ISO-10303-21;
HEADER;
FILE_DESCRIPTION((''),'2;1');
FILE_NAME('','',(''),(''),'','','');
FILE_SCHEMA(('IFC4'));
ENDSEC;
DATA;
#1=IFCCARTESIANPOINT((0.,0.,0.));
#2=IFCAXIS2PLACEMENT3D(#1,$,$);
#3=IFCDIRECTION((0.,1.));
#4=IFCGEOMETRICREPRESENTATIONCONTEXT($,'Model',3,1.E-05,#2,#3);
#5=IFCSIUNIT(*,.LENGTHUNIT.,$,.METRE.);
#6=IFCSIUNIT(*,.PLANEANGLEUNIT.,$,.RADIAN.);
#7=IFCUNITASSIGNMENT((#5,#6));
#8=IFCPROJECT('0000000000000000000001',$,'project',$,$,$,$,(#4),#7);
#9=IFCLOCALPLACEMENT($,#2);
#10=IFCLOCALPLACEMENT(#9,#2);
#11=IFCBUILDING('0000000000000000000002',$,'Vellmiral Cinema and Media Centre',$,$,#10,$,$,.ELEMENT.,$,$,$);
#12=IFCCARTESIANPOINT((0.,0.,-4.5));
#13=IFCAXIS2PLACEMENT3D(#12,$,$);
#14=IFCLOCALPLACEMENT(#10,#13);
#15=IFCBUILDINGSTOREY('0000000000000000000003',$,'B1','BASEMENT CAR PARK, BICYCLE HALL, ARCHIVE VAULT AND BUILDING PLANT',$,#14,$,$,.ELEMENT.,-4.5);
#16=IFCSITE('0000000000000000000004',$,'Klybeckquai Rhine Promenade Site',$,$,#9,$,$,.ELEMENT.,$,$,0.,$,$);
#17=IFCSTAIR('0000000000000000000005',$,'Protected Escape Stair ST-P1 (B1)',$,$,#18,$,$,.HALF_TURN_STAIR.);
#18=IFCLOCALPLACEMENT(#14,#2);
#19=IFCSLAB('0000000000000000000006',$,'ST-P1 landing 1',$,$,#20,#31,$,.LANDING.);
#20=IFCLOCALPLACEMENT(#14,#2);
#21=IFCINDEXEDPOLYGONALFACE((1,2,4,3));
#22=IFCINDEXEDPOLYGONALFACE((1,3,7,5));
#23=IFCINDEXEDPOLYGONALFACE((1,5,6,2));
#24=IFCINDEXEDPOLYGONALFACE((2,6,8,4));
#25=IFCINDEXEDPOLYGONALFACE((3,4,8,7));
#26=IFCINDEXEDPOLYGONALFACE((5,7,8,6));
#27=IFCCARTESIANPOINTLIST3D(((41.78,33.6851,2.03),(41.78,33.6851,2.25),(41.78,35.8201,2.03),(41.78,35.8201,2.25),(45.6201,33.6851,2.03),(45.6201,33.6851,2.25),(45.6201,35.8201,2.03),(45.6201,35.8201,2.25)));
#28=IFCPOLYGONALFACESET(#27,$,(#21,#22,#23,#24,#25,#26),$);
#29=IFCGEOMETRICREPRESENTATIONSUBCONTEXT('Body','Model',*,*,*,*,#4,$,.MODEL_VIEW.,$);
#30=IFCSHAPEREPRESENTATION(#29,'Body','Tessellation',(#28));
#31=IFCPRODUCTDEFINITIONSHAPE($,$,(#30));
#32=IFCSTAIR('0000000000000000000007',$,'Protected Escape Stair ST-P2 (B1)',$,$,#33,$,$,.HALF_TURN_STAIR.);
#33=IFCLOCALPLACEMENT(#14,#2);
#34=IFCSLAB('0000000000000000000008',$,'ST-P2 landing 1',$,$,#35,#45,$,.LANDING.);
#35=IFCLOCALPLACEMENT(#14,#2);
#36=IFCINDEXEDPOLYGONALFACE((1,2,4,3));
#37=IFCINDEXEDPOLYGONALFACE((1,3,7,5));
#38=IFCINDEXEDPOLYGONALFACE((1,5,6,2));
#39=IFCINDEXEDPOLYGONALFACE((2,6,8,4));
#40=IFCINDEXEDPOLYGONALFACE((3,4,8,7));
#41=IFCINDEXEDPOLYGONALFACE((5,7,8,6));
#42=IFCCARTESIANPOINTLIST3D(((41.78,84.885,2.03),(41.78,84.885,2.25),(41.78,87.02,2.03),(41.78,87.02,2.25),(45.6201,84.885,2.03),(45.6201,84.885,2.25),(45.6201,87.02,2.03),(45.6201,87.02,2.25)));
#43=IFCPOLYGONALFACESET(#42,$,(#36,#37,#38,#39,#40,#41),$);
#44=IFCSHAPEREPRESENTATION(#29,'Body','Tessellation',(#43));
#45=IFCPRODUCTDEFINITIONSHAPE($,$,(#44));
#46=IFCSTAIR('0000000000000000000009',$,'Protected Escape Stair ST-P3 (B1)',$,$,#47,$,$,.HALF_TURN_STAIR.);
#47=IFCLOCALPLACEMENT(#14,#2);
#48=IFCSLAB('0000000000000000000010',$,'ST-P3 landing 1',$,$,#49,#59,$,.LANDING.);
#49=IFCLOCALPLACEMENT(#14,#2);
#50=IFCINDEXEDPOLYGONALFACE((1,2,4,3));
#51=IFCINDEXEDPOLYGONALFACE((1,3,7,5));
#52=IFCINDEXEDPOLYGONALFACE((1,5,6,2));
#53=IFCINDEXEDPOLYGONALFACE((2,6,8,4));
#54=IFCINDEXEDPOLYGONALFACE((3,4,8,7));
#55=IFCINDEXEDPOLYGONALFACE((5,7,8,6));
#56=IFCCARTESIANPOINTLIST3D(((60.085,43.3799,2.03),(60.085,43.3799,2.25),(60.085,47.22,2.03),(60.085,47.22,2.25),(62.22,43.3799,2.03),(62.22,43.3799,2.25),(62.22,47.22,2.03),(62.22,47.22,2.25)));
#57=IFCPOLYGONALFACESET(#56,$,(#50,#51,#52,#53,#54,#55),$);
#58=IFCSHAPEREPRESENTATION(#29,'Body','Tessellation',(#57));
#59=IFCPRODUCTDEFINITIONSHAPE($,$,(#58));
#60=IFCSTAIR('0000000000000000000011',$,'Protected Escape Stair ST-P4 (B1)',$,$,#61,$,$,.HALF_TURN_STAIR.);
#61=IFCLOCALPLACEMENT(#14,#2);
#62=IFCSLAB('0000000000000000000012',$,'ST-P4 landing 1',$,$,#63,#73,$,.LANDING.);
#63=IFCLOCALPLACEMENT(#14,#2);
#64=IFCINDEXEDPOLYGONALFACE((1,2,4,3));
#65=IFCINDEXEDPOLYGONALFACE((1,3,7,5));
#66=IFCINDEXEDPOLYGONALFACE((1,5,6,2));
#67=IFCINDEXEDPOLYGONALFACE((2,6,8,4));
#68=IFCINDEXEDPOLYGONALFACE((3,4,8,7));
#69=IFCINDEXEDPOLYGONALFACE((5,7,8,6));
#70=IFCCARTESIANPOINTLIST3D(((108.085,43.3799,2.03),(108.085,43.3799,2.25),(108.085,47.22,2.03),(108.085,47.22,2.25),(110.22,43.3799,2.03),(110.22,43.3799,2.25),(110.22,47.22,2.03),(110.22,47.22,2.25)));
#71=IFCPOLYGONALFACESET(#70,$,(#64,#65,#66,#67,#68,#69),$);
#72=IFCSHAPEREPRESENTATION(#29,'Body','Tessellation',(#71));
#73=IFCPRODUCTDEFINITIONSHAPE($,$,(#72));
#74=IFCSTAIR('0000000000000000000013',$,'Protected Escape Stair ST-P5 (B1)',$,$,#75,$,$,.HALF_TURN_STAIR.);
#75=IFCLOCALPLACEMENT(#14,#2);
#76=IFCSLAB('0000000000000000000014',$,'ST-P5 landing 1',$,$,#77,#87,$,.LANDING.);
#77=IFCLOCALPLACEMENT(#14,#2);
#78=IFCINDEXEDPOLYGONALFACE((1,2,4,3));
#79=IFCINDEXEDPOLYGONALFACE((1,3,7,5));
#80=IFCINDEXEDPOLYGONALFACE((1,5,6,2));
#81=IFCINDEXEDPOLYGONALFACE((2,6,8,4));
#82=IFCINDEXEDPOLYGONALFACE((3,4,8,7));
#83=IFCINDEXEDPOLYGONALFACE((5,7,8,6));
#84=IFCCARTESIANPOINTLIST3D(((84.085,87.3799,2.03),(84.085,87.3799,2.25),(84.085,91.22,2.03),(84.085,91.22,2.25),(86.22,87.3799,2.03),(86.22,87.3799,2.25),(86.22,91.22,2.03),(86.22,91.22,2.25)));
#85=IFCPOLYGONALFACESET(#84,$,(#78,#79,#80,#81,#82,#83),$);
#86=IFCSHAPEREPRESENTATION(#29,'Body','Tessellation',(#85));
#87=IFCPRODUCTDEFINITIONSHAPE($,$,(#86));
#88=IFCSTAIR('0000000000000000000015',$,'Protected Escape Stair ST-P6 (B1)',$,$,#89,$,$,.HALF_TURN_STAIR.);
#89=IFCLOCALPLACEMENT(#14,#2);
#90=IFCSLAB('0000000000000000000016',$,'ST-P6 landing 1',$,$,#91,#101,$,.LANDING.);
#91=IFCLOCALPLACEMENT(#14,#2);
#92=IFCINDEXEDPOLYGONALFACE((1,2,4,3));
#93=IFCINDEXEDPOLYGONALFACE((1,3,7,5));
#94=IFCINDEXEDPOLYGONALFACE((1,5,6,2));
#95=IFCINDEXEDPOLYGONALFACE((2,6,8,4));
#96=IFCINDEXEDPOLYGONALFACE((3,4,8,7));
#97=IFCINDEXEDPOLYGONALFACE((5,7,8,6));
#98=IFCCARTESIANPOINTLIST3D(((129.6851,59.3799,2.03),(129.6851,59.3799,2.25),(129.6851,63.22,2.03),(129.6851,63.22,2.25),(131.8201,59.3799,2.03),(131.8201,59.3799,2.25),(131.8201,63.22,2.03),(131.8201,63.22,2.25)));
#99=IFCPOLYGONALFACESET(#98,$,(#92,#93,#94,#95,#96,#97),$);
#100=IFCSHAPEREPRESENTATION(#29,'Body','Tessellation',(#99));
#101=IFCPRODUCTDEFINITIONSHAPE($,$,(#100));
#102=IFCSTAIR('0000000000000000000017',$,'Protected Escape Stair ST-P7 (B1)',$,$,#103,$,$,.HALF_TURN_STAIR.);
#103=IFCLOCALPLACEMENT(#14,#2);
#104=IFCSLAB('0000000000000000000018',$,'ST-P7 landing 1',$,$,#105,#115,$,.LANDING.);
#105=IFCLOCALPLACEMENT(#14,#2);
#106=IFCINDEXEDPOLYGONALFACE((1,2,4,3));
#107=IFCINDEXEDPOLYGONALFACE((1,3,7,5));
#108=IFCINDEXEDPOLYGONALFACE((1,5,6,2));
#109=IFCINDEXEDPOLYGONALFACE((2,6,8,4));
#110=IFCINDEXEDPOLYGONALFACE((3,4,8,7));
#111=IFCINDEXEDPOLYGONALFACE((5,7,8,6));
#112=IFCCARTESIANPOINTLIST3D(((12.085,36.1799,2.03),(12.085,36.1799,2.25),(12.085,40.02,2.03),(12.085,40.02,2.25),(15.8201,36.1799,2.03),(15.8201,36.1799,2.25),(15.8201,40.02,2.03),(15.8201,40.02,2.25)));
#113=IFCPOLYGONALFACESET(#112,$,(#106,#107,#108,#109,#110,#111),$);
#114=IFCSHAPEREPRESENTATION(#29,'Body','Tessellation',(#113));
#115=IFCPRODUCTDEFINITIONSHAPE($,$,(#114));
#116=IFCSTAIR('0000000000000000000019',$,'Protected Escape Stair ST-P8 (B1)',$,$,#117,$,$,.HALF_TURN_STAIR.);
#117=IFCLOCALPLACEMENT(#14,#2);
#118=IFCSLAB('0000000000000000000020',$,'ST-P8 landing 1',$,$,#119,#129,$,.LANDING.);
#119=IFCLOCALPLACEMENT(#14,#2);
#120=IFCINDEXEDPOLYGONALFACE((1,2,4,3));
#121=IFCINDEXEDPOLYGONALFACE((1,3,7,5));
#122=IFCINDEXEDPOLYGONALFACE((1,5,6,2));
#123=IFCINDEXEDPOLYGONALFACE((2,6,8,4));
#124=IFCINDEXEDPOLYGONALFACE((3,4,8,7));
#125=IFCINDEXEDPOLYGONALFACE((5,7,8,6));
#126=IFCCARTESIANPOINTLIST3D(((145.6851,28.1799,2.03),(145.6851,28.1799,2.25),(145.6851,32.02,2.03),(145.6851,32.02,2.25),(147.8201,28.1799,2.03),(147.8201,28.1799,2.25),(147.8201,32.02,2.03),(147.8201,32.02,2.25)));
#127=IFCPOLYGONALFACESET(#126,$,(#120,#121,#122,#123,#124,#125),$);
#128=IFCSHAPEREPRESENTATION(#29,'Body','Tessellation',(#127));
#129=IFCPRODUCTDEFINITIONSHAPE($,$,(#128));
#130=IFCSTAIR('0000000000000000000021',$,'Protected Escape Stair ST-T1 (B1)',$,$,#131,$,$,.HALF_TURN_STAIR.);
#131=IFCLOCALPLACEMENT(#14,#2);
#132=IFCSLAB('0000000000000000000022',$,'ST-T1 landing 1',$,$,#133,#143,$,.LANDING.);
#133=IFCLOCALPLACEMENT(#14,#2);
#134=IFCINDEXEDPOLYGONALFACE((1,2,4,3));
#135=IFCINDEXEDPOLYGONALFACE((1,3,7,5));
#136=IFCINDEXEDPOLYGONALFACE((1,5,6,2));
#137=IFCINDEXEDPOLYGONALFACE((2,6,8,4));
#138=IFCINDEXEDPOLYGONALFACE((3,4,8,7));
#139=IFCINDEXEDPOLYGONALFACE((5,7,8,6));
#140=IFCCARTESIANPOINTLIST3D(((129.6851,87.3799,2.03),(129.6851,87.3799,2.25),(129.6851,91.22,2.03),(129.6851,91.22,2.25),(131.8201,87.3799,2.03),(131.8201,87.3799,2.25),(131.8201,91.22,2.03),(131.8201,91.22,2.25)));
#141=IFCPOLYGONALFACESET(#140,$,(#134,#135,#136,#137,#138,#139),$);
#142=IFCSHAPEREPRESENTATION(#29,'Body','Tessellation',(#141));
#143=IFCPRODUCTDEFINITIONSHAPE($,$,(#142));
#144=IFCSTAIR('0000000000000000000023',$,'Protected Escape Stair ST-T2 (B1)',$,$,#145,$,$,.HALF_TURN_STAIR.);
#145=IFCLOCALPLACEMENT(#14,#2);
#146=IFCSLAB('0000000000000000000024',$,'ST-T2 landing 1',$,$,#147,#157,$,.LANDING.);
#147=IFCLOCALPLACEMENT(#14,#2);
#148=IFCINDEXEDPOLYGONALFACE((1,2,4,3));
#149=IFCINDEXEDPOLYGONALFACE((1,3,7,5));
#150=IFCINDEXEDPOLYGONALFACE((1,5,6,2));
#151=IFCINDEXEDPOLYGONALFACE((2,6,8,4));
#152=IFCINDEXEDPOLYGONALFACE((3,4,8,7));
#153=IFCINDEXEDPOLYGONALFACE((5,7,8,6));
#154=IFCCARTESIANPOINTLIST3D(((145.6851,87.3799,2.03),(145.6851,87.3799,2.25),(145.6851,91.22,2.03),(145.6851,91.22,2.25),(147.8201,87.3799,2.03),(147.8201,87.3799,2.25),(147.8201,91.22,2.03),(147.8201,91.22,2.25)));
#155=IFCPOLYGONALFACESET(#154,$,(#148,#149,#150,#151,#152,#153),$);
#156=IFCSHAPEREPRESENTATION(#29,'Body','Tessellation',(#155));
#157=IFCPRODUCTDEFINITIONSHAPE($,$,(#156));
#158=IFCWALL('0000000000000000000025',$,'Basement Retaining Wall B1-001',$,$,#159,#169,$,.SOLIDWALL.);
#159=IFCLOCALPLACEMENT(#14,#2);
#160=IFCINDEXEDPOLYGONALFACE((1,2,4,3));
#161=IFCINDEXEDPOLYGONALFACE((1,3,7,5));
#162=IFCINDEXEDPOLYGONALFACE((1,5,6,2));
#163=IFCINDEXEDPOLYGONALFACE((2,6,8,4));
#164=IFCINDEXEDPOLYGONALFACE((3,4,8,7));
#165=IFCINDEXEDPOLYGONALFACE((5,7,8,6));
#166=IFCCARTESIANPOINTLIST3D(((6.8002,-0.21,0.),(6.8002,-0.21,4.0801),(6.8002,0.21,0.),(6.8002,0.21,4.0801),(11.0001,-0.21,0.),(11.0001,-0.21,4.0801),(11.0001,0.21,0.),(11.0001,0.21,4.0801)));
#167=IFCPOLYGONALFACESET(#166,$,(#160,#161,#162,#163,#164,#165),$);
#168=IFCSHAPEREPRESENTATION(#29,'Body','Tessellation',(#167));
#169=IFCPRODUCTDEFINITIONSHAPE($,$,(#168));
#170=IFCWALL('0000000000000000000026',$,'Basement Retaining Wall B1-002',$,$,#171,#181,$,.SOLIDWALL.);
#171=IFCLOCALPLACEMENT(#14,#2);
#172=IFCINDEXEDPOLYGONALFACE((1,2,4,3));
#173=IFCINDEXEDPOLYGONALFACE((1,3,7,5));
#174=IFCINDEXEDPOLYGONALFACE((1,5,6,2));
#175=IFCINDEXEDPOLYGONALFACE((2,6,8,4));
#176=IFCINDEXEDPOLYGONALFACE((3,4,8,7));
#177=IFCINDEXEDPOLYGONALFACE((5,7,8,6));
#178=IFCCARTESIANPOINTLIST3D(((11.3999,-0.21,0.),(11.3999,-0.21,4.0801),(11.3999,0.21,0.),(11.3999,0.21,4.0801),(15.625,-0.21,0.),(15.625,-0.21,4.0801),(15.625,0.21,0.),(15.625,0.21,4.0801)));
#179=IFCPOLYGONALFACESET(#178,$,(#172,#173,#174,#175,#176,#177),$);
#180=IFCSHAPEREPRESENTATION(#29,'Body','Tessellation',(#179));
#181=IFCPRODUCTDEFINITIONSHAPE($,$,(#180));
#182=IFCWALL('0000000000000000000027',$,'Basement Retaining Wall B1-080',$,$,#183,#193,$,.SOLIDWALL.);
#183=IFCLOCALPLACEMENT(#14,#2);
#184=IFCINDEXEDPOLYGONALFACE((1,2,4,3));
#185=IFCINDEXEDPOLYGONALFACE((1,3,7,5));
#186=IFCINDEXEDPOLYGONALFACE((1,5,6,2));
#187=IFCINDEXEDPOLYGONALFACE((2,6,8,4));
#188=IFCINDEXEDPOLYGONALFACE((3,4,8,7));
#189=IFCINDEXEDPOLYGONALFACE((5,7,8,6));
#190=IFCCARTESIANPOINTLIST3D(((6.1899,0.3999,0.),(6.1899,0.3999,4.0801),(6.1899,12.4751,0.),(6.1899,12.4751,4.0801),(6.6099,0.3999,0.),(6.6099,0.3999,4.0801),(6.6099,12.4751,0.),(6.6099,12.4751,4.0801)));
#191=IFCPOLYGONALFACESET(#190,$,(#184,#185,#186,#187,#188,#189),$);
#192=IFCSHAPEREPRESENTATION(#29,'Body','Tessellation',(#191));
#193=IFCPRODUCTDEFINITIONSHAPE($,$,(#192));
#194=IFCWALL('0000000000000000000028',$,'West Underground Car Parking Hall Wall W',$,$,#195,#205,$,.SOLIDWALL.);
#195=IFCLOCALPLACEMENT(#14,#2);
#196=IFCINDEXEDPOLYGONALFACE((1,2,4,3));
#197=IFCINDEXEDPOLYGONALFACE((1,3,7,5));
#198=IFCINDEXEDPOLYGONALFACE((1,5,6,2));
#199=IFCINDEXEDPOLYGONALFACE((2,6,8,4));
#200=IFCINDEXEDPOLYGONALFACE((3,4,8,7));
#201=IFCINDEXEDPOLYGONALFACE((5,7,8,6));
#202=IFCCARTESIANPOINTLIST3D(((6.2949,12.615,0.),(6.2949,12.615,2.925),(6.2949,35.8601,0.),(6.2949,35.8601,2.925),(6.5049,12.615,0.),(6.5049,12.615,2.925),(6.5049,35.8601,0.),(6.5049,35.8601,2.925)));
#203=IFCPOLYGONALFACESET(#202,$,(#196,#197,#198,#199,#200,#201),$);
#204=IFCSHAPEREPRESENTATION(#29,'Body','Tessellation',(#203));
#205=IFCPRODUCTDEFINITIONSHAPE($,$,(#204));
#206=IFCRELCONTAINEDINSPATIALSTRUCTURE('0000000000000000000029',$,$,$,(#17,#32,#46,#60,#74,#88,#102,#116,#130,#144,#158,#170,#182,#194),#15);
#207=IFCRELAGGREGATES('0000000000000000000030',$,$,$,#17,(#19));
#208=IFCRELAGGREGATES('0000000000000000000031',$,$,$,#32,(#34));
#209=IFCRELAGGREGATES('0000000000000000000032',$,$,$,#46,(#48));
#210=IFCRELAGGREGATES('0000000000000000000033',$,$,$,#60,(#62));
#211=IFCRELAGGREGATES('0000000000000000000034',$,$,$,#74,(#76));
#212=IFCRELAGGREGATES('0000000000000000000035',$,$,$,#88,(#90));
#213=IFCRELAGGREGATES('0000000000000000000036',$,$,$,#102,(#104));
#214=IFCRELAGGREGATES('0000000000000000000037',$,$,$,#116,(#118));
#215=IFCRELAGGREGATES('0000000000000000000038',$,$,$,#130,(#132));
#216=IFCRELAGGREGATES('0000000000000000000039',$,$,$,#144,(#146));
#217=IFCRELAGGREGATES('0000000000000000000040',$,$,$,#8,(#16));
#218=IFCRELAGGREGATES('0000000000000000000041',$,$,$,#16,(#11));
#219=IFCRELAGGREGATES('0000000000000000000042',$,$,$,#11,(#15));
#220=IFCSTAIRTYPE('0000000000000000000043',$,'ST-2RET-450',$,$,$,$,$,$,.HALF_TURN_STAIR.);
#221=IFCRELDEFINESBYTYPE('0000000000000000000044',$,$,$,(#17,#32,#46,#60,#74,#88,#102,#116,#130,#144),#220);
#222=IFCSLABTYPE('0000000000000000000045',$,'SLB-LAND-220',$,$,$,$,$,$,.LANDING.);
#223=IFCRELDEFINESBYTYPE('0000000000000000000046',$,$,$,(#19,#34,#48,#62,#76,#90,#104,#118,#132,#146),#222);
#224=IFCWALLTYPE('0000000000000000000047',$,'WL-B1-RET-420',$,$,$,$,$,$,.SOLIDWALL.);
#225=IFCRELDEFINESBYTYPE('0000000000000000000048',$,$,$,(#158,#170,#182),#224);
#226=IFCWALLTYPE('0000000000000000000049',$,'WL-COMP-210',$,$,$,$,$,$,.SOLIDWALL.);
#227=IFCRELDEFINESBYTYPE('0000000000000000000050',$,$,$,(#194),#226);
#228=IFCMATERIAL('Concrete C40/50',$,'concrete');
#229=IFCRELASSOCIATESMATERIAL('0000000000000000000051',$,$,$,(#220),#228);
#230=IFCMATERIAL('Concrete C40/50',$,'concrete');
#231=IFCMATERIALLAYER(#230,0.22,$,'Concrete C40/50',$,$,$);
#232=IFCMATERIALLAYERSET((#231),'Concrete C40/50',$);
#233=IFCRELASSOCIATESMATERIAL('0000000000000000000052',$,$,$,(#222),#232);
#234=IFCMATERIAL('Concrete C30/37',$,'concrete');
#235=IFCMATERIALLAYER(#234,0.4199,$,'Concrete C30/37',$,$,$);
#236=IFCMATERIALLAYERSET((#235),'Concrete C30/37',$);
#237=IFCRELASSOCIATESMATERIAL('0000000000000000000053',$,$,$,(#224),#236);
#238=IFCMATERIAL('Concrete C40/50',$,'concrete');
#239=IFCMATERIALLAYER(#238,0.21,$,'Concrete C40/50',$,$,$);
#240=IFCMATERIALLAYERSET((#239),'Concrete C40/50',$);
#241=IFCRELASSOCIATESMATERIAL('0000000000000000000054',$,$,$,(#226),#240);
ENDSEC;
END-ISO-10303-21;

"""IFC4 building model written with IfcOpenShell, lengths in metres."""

from ifc_helpers import new_model, si_unit, direction, frame, frame_2d, origin, place, context, subcontext, project, spatial, polyline, rectangle, outline, extrude, material, layer, layer_set, type_object, element, aggregate, save


model = new_model("IFC4")

# Units and contexts
model_context = context("Model", 3, precision=1e-05, world=origin(), true_north=direction((0.0, 1.0)))
body_context = subcontext(model_context, "Body", "Model", "MODEL_VIEW")
ifc_project = project(units=[si_unit("LENGTHUNIT", "METRE"), si_unit("PLANEANGLEUNIT", "RADIAN")], contexts=[model_context])

# Site, building, storey
site_placement = place(None, origin())
site = spatial("IfcSite", under=ifc_project, at=site_placement, Name="Klybeckquai Rhine Promenade Site", CompositionType="ELEMENT", RefElevation=0.0)
building_placement = place(site_placement, origin())
building = spatial("IfcBuilding", under=site, at=building_placement, Name="Vellmiral Cinema and Media Centre", CompositionType="ELEMENT")
storey_placement = place(building_placement, frame((0.0, 0.0, -4.5)))
storey = spatial("IfcBuildingStorey", under=building, at=storey_placement, Name="B1", Description="BASEMENT CAR PARK, BICYCLE HALL, ARCHIVE VAULT AND BUILDING PLANT", CompositionType="ELEMENT", Elevation=-4.5)

# Stairs, slabs
ifc_material_1 = material(Name="Concrete C40/50", Category="concrete")
stair_type = type_object("IfcStairType", Name="ST-2RET-450", PredefinedType="HALF_TURN_STAIR", material=ifc_material_1)
stair_1_placement = place(storey_placement, origin())
stair_1 = element("IfcStair", 1, at=stair_1_placement, inside=storey, type_object=stair_type, Name="Protected Escape Stair ST-P1 (B1)", PredefinedType="HALF_TURN_STAIR")
ifc_material_2 = material(Name="Concrete C40/50", Category="concrete")
ifc_layer_1 = layer(ifc_material_2, 0.22, Name="Concrete C40/50")
ifc_layer_set_1 = layer_set([ifc_layer_1], Name="Concrete C40/50")
slab_type_1 = type_object("IfcSlabType", Name="SLB-LAND-220", PredefinedType="LANDING", material=ifc_layer_set_1)
slab_1_placement = place(storey_placement, frame((0.0, 0.0, 2.03)))
slab_1 = element("IfcSlab", 2, at=slab_1_placement, type_object=slab_type_1, Name="ST-P1 landing 1", PredefinedType="LANDING", context=body_context, shape_type="SweptSolid", body=[
    extrude(outline(polyline([(41.78, 33.6851), (45.6201, 33.6851), (45.6201, 35.8201), (41.78, 35.8201), (41.78, 33.6851)])), origin(), (0.0, 0.0, 1.0), 0.22),
])
aggregate(stair_1, [slab_1])
stair_2_placement = place(storey_placement, origin())
stair_2 = element("IfcStair", 3, at=stair_2_placement, inside=storey, type_object=stair_type, Name="Protected Escape Stair ST-P2 (B1)", PredefinedType="HALF_TURN_STAIR")
slab_2_placement = place(storey_placement, frame((0.0, 0.0, 2.03)))
slab_2 = element("IfcSlab", 4, at=slab_2_placement, type_object=slab_type_1, Name="ST-P2 landing 1", PredefinedType="LANDING", context=body_context, shape_type="SweptSolid", body=[
    extrude(outline(polyline([(41.78, 84.885), (45.6201, 84.885), (45.6201, 87.02), (41.78, 87.02), (41.78, 84.885)])), origin(), (0.0, 0.0, 1.0), 0.22),
])
aggregate(stair_2, [slab_2])
stair_3_placement = place(storey_placement, origin())
stair_3 = element("IfcStair", 5, at=stair_3_placement, inside=storey, type_object=stair_type, Name="Protected Escape Stair ST-P3 (B1)", PredefinedType="HALF_TURN_STAIR")
slab_3_placement = place(storey_placement, frame((0.0, 0.0, 2.03)))
slab_3 = element("IfcSlab", 6, at=slab_3_placement, type_object=slab_type_1, Name="ST-P3 landing 1", PredefinedType="LANDING", context=body_context, shape_type="SweptSolid", body=[
    extrude(outline(polyline([(60.085, 43.3799), (62.22, 43.3799), (62.22, 47.22), (60.085, 47.22), (60.085, 43.3799)])), origin(), (0.0, 0.0, 1.0), 0.22),
])
aggregate(stair_3, [slab_3])
stair_4_placement = place(storey_placement, origin())
stair_4 = element("IfcStair", 7, at=stair_4_placement, inside=storey, type_object=stair_type, Name="Protected Escape Stair ST-P4 (B1)", PredefinedType="HALF_TURN_STAIR")
slab_4_placement = place(storey_placement, frame((0.0, 0.0, 2.03)))
slab_4 = element("IfcSlab", 8, at=slab_4_placement, type_object=slab_type_1, Name="ST-P4 landing 1", PredefinedType="LANDING", context=body_context, shape_type="SweptSolid", body=[
    extrude(outline(polyline([(108.085, 43.3799), (110.22, 43.3799), (110.22, 47.22), (108.085, 47.22), (108.085, 43.3799)])), origin(), (0.0, 0.0, 1.0), 0.22),
])
aggregate(stair_4, [slab_4])
stair_5_placement = place(storey_placement, origin())
stair_5 = element("IfcStair", 9, at=stair_5_placement, inside=storey, type_object=stair_type, Name="Protected Escape Stair ST-P5 (B1)", PredefinedType="HALF_TURN_STAIR")
slab_5_placement = place(storey_placement, frame((0.0, 0.0, 2.03)))
slab_5 = element("IfcSlab", 10, at=slab_5_placement, type_object=slab_type_1, Name="ST-P5 landing 1", PredefinedType="LANDING", context=body_context, shape_type="SweptSolid", body=[
    extrude(outline(polyline([(84.085, 87.3799), (86.22, 87.3799), (86.22, 91.22), (84.085, 91.22), (84.085, 87.3799)])), origin(), (0.0, 0.0, 1.0), 0.22),
])
aggregate(stair_5, [slab_5])
stair_6_placement = place(storey_placement, origin())
stair_6 = element("IfcStair", 11, at=stair_6_placement, inside=storey, type_object=stair_type, Name="Protected Escape Stair ST-P6 (B1)", PredefinedType="HALF_TURN_STAIR")
slab_6_placement = place(storey_placement, frame((0.0, 0.0, 2.03)))
slab_6 = element("IfcSlab", 12, at=slab_6_placement, type_object=slab_type_1, Name="ST-P6 landing 1", PredefinedType="LANDING", context=body_context, shape_type="SweptSolid", body=[
    extrude(outline(polyline([(129.6851, 59.3799), (131.8201, 59.3799), (131.8201, 63.22), (129.6851, 63.22), (129.6851, 59.3799)])), origin(), (0.0, 0.0, 1.0), 0.22),
])
aggregate(stair_6, [slab_6])
stair_7_placement = place(storey_placement, origin())
stair_7 = element("IfcStair", 13, at=stair_7_placement, inside=storey, type_object=stair_type, Name="Protected Escape Stair ST-P7 (B1)", PredefinedType="HALF_TURN_STAIR")
slab_7_placement = place(storey_placement, frame((0.0, 0.0, 2.03)))
slab_7 = element("IfcSlab", 14, at=slab_7_placement, type_object=slab_type_1, Name="ST-P7 landing 1", PredefinedType="LANDING", context=body_context, shape_type="SweptSolid", body=[
    extrude(outline(polyline([(12.085, 36.1799), (15.8201, 36.1799), (15.8201, 40.02), (12.085, 40.02), (12.085, 36.1799)])), origin(), (0.0, 0.0, 1.0), 0.22),
])
aggregate(stair_7, [slab_7])
stair_8_placement = place(storey_placement, origin())
stair_8 = element("IfcStair", 15, at=stair_8_placement, inside=storey, type_object=stair_type, Name="Protected Escape Stair ST-P8 (B1)", PredefinedType="HALF_TURN_STAIR")
slab_8_placement = place(storey_placement, frame((0.0, 0.0, 2.03)))
slab_8 = element("IfcSlab", 16, at=slab_8_placement, type_object=slab_type_1, Name="ST-P8 landing 1", PredefinedType="LANDING", context=body_context, shape_type="SweptSolid", body=[
    extrude(outline(polyline([(145.6851, 28.1799), (147.8201, 28.1799), (147.8201, 32.02), (145.6851, 32.02), (145.6851, 28.1799)])), origin(), (0.0, 0.0, 1.0), 0.22),
])
aggregate(stair_8, [slab_8])
stair_9_placement = place(storey_placement, origin())
stair_9 = element("IfcStair", 17, at=stair_9_placement, inside=storey, type_object=stair_type, Name="Protected Escape Stair ST-T1 (B1)", PredefinedType="HALF_TURN_STAIR")
slab_9_placement = place(storey_placement, frame((0.0, 0.0, 2.03)))
slab_9 = element("IfcSlab", 18, at=slab_9_placement, type_object=slab_type_1, Name="ST-T1 landing 1", PredefinedType="LANDING", context=body_context, shape_type="SweptSolid", body=[
    extrude(outline(polyline([(129.6851, 87.3799), (131.8201, 87.3799), (131.8201, 91.22), (129.6851, 91.22), (129.6851, 87.3799)])), origin(), (0.0, 0.0, 1.0), 0.22),
])
aggregate(stair_9, [slab_9])
stair_10_placement = place(storey_placement, origin())
stair_10 = element("IfcStair", 19, at=stair_10_placement, inside=storey, type_object=stair_type, Name="Protected Escape Stair ST-T2 (B1)", PredefinedType="HALF_TURN_STAIR")
slab_10_placement = place(storey_placement, frame((0.0, 0.0, 2.03)))
slab_10 = element("IfcSlab", 20, at=slab_10_placement, type_object=slab_type_1, Name="ST-T2 landing 1", PredefinedType="LANDING", context=body_context, shape_type="SweptSolid", body=[
    extrude(outline(polyline([(145.6851, 87.3799), (147.8201, 87.3799), (147.8201, 91.22), (145.6851, 91.22), (145.6851, 87.3799)])), origin(), (0.0, 0.0, 1.0), 0.22),
])
aggregate(stair_10, [slab_10])

# Walls
ifc_material_3 = material(Name="Concrete C30/37", Category="concrete")
ifc_layer_2 = layer(ifc_material_3, 0.4199, Name="Concrete C30/37")
ifc_layer_set_2 = layer_set([ifc_layer_2], Name="Concrete C30/37")
wall_type_1 = type_object("IfcWallType", Name="WL-B1-RET-420", PredefinedType="SOLIDWALL", material=ifc_layer_set_2)
wall_1_placement = place(storey_placement, frame((6.8, 0.0, 0.0), z_axis=(0.0, 0.0, 1.0), x_axis=(1.0, 0.0, 0.0)))
element("IfcWall", 21, at=wall_1_placement, inside=storey, type_object=wall_type_1, Name="Basement Retaining Wall B1-001", PredefinedType="SOLIDWALL", context=body_context, shape_type="SweptSolid", body=[
    extrude(rectangle(XDim=4.2, YDim=0.4199, at=frame_2d((2.1001, 0.0))), origin(), (0.0, 0.0, 1.0), 4.0801),
])
wall_2_placement = place(storey_placement, frame((11.3999, 0.0, 0.0), z_axis=(0.0, 0.0, 1.0), x_axis=(1.0, 0.0, 0.0)))
element("IfcWall", 22, at=wall_2_placement, inside=storey, type_object=wall_type_1, Name="Basement Retaining Wall B1-002", PredefinedType="SOLIDWALL", context=body_context, shape_type="SweptSolid", body=[
    extrude(rectangle(XDim=4.2251, YDim=0.4199, at=frame_2d((2.1125, 0.0))), origin(), (0.0, 0.0, 1.0), 4.0801),
])
wall_3_placement = place(storey_placement, frame((6.3999, 12.4751, 0.0), z_axis=(0.0, 0.0, 1.0), x_axis=(0.0, -1.0, 0.0)))
element("IfcWall", 23, at=wall_3_placement, inside=storey, type_object=wall_type_1, Name="Basement Retaining Wall B1-080", PredefinedType="SOLIDWALL", context=body_context, shape_type="SweptSolid", body=[
    extrude(rectangle(XDim=12.0752, YDim=0.4199, at=frame_2d((6.0376, 0.0))), origin(), (0.0, 0.0, 1.0), 4.0801),
])
ifc_material_4 = material(Name="Concrete C40/50", Category="concrete")
ifc_layer_3 = layer(ifc_material_4, 0.21, Name="Concrete C40/50")
ifc_layer_set_3 = layer_set([ifc_layer_3], Name="Concrete C40/50")
wall_type_2 = type_object("IfcWallType", Name="WL-COMP-210", PredefinedType="SOLIDWALL", material=ifc_layer_set_3)
wall_4_placement = place(storey_placement, frame((6.3999, 12.615, 0.0), z_axis=(0.0, 0.0, 1.0), x_axis=(0.0, 1.0, 0.0)))
element("IfcWall", 24, at=wall_4_placement, inside=storey, type_object=wall_type_2, Name="West Underground Car Parking Hall Wall W", PredefinedType="SOLIDWALL", context=body_context, shape_type="SweptSolid", body=[
    extrude(rectangle(XDim=23.2451, YDim=0.21, at=frame_2d((11.6226, 0.0))), origin(), (0.0, 0.0, 1.0), 2.925),
])

save(model, "model.ifc")
